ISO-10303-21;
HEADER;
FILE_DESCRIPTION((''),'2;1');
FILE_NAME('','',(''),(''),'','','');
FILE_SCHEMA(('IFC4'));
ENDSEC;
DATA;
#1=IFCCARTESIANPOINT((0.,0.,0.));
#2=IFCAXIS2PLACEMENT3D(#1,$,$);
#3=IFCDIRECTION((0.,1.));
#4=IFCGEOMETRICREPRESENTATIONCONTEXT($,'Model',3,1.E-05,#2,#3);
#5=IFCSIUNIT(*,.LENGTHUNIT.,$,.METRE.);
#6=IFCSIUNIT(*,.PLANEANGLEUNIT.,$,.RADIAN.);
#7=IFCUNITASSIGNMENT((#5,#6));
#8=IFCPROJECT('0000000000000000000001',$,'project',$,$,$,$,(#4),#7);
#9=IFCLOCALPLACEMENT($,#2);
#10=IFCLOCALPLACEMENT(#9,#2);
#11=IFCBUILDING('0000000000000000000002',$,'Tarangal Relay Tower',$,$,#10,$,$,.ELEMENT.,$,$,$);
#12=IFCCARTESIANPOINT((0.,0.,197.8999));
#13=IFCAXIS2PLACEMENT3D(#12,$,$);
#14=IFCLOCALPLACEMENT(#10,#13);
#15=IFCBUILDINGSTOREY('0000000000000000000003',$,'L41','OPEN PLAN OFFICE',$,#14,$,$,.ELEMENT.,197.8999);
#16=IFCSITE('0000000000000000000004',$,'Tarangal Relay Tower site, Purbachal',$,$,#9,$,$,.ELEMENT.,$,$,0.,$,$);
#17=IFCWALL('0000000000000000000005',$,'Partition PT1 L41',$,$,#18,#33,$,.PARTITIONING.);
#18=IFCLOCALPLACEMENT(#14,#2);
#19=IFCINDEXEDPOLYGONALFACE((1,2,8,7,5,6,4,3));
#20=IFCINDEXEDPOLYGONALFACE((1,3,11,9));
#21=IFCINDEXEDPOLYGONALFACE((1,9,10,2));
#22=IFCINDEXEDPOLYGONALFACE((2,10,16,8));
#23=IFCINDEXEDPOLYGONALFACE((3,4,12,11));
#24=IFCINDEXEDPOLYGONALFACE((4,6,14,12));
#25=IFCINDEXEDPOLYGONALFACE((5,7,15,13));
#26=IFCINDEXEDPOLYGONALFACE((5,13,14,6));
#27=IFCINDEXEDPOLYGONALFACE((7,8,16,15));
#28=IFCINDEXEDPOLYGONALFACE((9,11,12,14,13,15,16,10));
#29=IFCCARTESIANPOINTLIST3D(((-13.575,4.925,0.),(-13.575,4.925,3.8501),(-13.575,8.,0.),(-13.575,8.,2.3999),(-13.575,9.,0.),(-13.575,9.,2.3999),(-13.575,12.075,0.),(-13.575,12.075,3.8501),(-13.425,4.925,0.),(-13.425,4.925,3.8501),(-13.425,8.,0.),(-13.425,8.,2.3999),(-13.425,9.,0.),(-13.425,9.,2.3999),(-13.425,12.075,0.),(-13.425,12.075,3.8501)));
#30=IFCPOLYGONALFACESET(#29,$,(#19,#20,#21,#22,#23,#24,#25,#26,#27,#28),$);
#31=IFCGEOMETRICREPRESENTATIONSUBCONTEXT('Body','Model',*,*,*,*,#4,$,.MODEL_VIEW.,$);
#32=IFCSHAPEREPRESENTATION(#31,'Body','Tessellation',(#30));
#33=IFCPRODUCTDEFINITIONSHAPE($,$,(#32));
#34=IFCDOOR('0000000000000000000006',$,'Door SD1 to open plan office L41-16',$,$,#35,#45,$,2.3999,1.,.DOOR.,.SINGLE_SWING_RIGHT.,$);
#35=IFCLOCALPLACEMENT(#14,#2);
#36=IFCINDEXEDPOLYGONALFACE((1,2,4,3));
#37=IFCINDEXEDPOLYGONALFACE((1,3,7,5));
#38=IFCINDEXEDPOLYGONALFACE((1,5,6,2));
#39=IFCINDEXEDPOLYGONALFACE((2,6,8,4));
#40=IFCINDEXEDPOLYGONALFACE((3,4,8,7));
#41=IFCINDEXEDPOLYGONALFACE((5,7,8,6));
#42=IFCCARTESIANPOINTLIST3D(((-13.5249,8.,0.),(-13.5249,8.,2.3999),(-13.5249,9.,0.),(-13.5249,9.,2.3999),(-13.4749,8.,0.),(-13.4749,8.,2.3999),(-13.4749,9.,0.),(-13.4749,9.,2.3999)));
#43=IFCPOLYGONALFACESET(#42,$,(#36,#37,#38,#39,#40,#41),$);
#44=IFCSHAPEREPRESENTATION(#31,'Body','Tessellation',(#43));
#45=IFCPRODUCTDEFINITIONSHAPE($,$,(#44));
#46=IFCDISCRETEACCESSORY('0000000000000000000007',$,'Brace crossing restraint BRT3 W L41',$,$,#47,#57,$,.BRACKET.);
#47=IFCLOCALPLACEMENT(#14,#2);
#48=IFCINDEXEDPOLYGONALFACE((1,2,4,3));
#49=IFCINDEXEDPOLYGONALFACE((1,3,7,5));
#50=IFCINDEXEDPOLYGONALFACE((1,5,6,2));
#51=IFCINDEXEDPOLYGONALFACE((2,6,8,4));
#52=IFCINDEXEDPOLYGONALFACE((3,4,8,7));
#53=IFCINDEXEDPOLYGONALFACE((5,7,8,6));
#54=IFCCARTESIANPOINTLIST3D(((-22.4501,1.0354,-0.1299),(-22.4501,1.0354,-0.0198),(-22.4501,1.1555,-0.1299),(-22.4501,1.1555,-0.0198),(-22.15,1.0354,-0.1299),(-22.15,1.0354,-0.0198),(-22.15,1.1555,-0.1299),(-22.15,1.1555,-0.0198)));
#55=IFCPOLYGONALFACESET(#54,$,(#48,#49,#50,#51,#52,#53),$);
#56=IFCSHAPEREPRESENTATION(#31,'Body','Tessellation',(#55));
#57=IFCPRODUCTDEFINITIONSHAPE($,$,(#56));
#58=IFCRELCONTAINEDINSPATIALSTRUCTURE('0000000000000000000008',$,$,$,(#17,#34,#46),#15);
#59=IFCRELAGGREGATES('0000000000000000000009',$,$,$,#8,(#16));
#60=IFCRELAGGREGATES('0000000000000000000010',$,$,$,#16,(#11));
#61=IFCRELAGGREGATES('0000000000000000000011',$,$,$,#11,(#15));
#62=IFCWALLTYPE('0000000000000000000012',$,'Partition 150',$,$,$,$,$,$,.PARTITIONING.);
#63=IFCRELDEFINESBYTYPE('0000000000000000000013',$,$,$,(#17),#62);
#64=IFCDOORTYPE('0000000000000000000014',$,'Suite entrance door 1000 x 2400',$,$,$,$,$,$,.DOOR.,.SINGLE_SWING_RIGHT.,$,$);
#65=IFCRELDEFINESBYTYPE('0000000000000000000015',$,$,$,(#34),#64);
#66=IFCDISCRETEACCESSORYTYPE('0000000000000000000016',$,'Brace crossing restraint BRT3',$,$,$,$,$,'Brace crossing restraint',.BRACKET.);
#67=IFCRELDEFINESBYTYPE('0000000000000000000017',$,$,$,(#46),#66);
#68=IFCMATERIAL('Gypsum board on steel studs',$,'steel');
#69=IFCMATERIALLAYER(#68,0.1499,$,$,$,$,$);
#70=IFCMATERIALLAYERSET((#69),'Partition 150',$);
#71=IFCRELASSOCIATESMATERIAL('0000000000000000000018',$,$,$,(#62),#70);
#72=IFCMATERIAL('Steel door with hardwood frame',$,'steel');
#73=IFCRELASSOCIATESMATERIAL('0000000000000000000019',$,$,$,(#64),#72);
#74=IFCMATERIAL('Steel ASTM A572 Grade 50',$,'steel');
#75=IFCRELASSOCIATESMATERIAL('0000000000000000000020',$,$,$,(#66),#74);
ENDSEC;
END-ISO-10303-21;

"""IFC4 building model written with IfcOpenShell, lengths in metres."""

from ifc_helpers import new_model, si_unit, direction, frame, frame_2d, origin, origin_2d, place, context, subcontext, project, spatial, rectangle, extrude, material, layer, layer_set, type_object, element, fill, save


model = new_model("IFC4")

# Units and contexts
model_context = context("Model", 3, precision=1e-05, world=origin(), true_north=direction((0.0, 1.0)))
body_context = subcontext(model_context, "Body", "Model", "MODEL_VIEW")
ifc_project = project(units=[si_unit("LENGTHUNIT", "METRE"), si_unit("PLANEANGLEUNIT", "RADIAN")], contexts=[model_context])

# Site, building, storey
site_placement = place(None, origin())
site = spatial("IfcSite", under=ifc_project, at=site_placement, Name="Tarangal Relay Tower site, Purbachal", CompositionType="ELEMENT", RefElevation=0.0)
building_placement = place(site_placement, origin())
building = spatial("IfcBuilding", under=site, at=building_placement, Name="Tarangal Relay Tower", CompositionType="ELEMENT")
storey_placement = place(building_placement, frame((0.0, 0.0, 197.8999)))
storey = spatial("IfcBuildingStorey", under=building, at=storey_placement, Name="L41", Description="OPEN PLAN OFFICE", CompositionType="ELEMENT", Elevation=197.8999)

# Shared definitions
ifc_material_1 = material(Name="Steel ASTM A572 Grade 50", Category="steel")

# Shared definitions
ifc_material_2 = material(Name="Steel door with hardwood frame", Category="steel")

# Shared definitions
ifc_material_3 = material(Name="Gypsum board on steel studs", Category="steel")
ifc_layer_1 = layer(ifc_material_3, 0.1499)
ifc_layer_set_1 = layer_set([ifc_layer_1], Name="Partition 150")
wall_type_1 = type_object("IfcWallType", Name="Partition 150", PredefinedType="PARTITIONING", material=ifc_layer_set_1)

# Wall, opening, door
wall_1_placement = place(storey_placement, frame((-13.5, 4.925, 0.0), z_axis=(0.0, 0.0, 1.0), x_axis=(0.0, 1.0, 0.0)))
wall_1 = element("IfcWall", 1, at=wall_1_placement, inside=storey, type_object=wall_type_1, Name="Partition PT1 L41", PredefinedType="PARTITIONING", context=body_context, shape_type="SweptSolid", body=[
    extrude(rectangle(XDim=7.1499, YDim=0.1499, at=frame_2d((3.575, 0.0))), origin(), (0.0, 0.0, 1.0), 3.8501),
])
opening_1_placement = place(wall_1_placement, frame((3.075, 0.0, 0.0)))
opening_1 = element("IfcOpeningElement", 2, at=opening_1_placement, cuts=wall_1, PredefinedType="OPENING", context=body_context, shape_type="SweptSolid", body=[
    extrude(rectangle(XDim=1.0, YDim=2.3999, at=frame_2d((0.5, 1.2))), frame((0.0, 0.085, 0.0), z_axis=(0.0, -1.0, 0.0), x_axis=(1.0, 0.0, 0.0)), (0.0, 0.0, 1.0), 0.1699),
])
door_type_1 = type_object("IfcDoorType", Name="Suite entrance door 1000 x 2400", OperationType="SINGLE_SWING_RIGHT", PredefinedType="DOOR", material=ifc_material_2)
door_1_placement = place(opening_1_placement, origin())
door_1 = element("IfcDoor", 3, at=door_1_placement, inside=storey, type_object=door_type_1, Name="Door SD1 to open plan office L41-16", OperationType="SINGLE_SWING_RIGHT", OverallHeight=2.3999, OverallWidth=1.0, PredefinedType="DOOR", context=body_context, shape_type="SweptSolid", body=[
    extrude(rectangle(XDim=1.0, YDim=2.3999, at=frame_2d((0.5, 1.2))), frame((0.0, 0.0249, 0.0), z_axis=(0.0, -1.0, 0.0), x_axis=(1.0, 0.0, 0.0)), (0.0, 0.0, 1.0), 0.05),
])
fill(opening_1, door_1)

# Discrete accessory
discrete_accessory_type = type_object("IfcDiscreteAccessoryType", Name="Brace crossing restraint BRT3", ElementType="Brace crossing restraint", PredefinedType="BRACKET", material=ifc_material_1)
discrete_accessory_placement = place(storey_placement, frame((-22.3, 1.0955, -0.1299), z_axis=(0.0, 0.0, 1.0), x_axis=(1.0, 0.0, 0.0)))
element("IfcDiscreteAccessory", 4, at=discrete_accessory_placement, inside=storey, type_object=discrete_accessory_type, Name="Brace crossing restraint BRT3 W L41", PredefinedType="BRACKET", context=body_context, shape_type="SweptSolid", body=[
    extrude(rectangle(XDim=0.3, YDim=0.1201, at=origin_2d()), origin(), (0.0, 0.0, 1.0), 0.1101),
])

save(model, "model.ifc")
